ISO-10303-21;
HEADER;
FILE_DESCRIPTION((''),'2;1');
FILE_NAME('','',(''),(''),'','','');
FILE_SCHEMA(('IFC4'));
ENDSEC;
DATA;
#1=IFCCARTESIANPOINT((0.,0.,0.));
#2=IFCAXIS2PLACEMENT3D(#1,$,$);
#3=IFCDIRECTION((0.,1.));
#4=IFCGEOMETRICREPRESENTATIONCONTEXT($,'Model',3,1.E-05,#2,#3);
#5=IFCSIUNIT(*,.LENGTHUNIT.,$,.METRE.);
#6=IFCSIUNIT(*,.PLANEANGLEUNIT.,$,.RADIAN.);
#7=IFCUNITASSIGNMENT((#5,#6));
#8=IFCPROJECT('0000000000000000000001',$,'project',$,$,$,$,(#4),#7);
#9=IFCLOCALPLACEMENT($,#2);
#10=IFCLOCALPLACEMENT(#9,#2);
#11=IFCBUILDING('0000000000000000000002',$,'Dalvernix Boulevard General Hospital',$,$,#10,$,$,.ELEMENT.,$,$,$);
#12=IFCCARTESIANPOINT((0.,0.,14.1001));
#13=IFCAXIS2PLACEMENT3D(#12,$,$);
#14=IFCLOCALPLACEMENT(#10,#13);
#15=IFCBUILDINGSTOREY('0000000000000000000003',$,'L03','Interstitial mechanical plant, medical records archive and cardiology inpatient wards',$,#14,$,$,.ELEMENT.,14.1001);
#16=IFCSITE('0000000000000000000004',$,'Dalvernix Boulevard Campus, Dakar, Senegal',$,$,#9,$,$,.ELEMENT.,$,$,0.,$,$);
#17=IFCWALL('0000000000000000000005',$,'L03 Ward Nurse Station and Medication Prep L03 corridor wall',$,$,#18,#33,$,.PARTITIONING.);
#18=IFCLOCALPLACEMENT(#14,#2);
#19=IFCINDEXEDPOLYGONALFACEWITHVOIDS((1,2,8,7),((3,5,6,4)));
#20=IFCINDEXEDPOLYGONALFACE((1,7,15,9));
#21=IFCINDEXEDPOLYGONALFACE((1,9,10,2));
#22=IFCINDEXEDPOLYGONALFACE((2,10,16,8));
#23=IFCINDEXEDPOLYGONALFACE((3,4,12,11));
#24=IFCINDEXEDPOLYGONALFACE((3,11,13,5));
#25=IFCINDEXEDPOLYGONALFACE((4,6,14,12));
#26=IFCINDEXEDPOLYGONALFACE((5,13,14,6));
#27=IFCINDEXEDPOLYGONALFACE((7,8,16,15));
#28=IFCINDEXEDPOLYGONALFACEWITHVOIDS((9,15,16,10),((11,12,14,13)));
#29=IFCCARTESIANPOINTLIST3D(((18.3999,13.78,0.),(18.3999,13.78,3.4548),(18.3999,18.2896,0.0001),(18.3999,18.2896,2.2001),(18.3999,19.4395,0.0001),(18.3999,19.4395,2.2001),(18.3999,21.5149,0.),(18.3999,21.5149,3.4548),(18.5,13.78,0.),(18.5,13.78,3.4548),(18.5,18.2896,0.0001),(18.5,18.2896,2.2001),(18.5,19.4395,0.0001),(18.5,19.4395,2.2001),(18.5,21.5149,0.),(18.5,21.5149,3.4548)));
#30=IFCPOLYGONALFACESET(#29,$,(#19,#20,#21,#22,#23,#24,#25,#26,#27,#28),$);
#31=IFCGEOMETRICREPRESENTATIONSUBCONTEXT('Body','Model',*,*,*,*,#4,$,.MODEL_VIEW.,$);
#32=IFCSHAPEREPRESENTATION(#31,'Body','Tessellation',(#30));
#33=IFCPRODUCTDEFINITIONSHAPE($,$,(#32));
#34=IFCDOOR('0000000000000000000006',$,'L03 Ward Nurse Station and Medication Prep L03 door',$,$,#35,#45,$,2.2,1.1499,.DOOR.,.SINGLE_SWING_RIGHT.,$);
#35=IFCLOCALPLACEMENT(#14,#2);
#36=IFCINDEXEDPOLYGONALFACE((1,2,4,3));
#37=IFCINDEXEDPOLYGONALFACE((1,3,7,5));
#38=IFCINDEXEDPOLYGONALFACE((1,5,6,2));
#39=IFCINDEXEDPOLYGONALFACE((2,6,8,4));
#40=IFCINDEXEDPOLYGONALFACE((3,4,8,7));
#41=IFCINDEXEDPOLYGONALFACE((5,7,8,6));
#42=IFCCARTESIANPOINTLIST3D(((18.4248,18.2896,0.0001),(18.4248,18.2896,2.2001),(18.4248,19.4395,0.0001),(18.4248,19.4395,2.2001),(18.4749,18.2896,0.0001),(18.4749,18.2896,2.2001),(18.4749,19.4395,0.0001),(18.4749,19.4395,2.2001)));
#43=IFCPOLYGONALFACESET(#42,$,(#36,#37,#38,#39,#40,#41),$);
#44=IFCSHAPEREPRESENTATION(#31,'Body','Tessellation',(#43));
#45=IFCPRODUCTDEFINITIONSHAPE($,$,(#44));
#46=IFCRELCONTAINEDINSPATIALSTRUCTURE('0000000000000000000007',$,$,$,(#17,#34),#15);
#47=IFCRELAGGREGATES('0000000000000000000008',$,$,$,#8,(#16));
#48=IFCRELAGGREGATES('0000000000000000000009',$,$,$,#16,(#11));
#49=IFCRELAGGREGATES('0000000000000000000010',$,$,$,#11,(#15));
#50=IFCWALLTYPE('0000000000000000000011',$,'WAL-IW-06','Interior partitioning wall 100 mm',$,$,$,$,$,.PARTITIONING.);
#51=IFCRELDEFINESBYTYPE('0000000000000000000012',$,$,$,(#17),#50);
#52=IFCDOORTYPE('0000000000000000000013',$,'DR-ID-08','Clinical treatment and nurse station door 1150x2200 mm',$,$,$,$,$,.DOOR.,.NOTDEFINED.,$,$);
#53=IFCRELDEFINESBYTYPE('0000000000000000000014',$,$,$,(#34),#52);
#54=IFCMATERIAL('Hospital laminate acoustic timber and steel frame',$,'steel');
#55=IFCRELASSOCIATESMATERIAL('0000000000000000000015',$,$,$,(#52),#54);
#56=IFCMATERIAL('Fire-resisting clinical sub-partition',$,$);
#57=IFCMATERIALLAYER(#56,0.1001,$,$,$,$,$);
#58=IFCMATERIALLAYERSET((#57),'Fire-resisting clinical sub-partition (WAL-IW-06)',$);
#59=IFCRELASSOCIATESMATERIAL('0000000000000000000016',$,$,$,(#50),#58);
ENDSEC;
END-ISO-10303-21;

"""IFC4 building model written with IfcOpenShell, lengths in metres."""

from ifc_helpers import new_model, si_unit, direction, frame, frame_2d, origin, place, context, subcontext, project, spatial, rectangle, extrude, material, layer, layer_set, type_object, element, fill, save


model = new_model("IFC4")

# Units and contexts
model_context = context("Model", 3, precision=1e-05, world=origin(), true_north=direction((0.0, 1.0)))
body_context = subcontext(model_context, "Body", "Model", "MODEL_VIEW")
ifc_project = project(units=[si_unit("LENGTHUNIT", "METRE"), si_unit("PLANEANGLEUNIT", "RADIAN")], contexts=[model_context])

# Site, building, storey
site_placement = place(None, origin())
site = spatial("IfcSite", under=ifc_project, at=site_placement, Name="Dalvernix Boulevard Campus, Dakar, Senegal", CompositionType="ELEMENT", RefElevation=0.0)
building_placement = place(site_placement, origin())
building = spatial("IfcBuilding", under=site, at=building_placement, Name="Dalvernix Boulevard General Hospital", CompositionType="ELEMENT")
storey_placement = place(building_placement, frame((0.0, 0.0, 14.1001)))
storey = spatial("IfcBuildingStorey", under=building, at=storey_placement, Name="L03", Description="Interstitial mechanical plant, medical records archive and cardiology inpatient wards", CompositionType="ELEMENT", Elevation=14.1001)

# Shared definitions
ifc_material_1 = material(Name="Hospital laminate acoustic timber and steel frame", Category="steel")
door_type = type_object("IfcDoorType", Name="DR-ID-08", Description="Clinical treatment and nurse station door 1150x2200 mm", OperationType="NOTDEFINED", PredefinedType="DOOR", material=ifc_material_1)

# Wall, opening, door
ifc_material_2 = material(Name="Fire-resisting clinical sub-partition")
ifc_layer_1 = layer(ifc_material_2, 0.1001)
ifc_layer_set_1 = layer_set([ifc_layer_1], Name="Fire-resisting clinical sub-partition (WAL-IW-06)")
wall_type_1 = type_object("IfcWallType", Name="WAL-IW-06", Description="Interior partitioning wall 100 mm", PredefinedType="PARTITIONING", material=ifc_layer_set_1)
wall_1_placement = place(storey_placement, frame((18.45, 21.5149, 0.0), z_axis=(0.0, 0.0, 1.0), x_axis=(0.0, -1.0, 0.0)))
wall_1 = element("IfcWall", 1, at=wall_1_placement, inside=storey, type_object=wall_type_1, Name="L03 Ward Nurse Station and Medication Prep L03 corridor wall", PredefinedType="PARTITIONING", context=body_context, shape_type="SweptSolid", body=[
    extrude(rectangle(XDim=7.7349, YDim=0.1001, at=frame_2d((3.8674, 0.0))), origin(), (0.0, 0.0, 1.0), 3.4548),
])
opening_1_placement = place(wall_1_placement, frame((2.0754, 0.0, 0.0)))
opening_1 = element("IfcOpeningElement", 2, at=opening_1_placement, cuts=wall_1, PredefinedType="OPENING", context=body_context, shape_type="SweptSolid", body=[
    extrude(rectangle(XDim=1.1499, YDim=2.2, at=frame_2d((0.575, 1.1001))), frame((0.0, 0.0601, 0.0), z_axis=(0.0, -1.0, 0.0), x_axis=(1.0, 0.0, 0.0)), (0.0, 0.0, 1.0), 0.1201),
])
door_1_placement = place(opening_1_placement, origin())
door_1 = element("IfcDoor", 3, at=door_1_placement, inside=storey, type_object=door_type, Name="L03 Ward Nurse Station and Medication Prep L03 door", OperationType="SINGLE_SWING_RIGHT", OverallHeight=2.2, OverallWidth=1.1499, PredefinedType="DOOR", context=body_context, shape_type="SweptSolid", body=[
    extrude(rectangle(XDim=1.1499, YDim=2.2, at=frame_2d((0.575, 1.1001))), frame((0.0, 0.0249, 0.0), z_axis=(0.0, -1.0, 0.0), x_axis=(1.0, 0.0, 0.0)), (0.0, 0.0, 1.0), 0.05),
])
fill(opening_1, door_1)

save(model, "model.ifc")
